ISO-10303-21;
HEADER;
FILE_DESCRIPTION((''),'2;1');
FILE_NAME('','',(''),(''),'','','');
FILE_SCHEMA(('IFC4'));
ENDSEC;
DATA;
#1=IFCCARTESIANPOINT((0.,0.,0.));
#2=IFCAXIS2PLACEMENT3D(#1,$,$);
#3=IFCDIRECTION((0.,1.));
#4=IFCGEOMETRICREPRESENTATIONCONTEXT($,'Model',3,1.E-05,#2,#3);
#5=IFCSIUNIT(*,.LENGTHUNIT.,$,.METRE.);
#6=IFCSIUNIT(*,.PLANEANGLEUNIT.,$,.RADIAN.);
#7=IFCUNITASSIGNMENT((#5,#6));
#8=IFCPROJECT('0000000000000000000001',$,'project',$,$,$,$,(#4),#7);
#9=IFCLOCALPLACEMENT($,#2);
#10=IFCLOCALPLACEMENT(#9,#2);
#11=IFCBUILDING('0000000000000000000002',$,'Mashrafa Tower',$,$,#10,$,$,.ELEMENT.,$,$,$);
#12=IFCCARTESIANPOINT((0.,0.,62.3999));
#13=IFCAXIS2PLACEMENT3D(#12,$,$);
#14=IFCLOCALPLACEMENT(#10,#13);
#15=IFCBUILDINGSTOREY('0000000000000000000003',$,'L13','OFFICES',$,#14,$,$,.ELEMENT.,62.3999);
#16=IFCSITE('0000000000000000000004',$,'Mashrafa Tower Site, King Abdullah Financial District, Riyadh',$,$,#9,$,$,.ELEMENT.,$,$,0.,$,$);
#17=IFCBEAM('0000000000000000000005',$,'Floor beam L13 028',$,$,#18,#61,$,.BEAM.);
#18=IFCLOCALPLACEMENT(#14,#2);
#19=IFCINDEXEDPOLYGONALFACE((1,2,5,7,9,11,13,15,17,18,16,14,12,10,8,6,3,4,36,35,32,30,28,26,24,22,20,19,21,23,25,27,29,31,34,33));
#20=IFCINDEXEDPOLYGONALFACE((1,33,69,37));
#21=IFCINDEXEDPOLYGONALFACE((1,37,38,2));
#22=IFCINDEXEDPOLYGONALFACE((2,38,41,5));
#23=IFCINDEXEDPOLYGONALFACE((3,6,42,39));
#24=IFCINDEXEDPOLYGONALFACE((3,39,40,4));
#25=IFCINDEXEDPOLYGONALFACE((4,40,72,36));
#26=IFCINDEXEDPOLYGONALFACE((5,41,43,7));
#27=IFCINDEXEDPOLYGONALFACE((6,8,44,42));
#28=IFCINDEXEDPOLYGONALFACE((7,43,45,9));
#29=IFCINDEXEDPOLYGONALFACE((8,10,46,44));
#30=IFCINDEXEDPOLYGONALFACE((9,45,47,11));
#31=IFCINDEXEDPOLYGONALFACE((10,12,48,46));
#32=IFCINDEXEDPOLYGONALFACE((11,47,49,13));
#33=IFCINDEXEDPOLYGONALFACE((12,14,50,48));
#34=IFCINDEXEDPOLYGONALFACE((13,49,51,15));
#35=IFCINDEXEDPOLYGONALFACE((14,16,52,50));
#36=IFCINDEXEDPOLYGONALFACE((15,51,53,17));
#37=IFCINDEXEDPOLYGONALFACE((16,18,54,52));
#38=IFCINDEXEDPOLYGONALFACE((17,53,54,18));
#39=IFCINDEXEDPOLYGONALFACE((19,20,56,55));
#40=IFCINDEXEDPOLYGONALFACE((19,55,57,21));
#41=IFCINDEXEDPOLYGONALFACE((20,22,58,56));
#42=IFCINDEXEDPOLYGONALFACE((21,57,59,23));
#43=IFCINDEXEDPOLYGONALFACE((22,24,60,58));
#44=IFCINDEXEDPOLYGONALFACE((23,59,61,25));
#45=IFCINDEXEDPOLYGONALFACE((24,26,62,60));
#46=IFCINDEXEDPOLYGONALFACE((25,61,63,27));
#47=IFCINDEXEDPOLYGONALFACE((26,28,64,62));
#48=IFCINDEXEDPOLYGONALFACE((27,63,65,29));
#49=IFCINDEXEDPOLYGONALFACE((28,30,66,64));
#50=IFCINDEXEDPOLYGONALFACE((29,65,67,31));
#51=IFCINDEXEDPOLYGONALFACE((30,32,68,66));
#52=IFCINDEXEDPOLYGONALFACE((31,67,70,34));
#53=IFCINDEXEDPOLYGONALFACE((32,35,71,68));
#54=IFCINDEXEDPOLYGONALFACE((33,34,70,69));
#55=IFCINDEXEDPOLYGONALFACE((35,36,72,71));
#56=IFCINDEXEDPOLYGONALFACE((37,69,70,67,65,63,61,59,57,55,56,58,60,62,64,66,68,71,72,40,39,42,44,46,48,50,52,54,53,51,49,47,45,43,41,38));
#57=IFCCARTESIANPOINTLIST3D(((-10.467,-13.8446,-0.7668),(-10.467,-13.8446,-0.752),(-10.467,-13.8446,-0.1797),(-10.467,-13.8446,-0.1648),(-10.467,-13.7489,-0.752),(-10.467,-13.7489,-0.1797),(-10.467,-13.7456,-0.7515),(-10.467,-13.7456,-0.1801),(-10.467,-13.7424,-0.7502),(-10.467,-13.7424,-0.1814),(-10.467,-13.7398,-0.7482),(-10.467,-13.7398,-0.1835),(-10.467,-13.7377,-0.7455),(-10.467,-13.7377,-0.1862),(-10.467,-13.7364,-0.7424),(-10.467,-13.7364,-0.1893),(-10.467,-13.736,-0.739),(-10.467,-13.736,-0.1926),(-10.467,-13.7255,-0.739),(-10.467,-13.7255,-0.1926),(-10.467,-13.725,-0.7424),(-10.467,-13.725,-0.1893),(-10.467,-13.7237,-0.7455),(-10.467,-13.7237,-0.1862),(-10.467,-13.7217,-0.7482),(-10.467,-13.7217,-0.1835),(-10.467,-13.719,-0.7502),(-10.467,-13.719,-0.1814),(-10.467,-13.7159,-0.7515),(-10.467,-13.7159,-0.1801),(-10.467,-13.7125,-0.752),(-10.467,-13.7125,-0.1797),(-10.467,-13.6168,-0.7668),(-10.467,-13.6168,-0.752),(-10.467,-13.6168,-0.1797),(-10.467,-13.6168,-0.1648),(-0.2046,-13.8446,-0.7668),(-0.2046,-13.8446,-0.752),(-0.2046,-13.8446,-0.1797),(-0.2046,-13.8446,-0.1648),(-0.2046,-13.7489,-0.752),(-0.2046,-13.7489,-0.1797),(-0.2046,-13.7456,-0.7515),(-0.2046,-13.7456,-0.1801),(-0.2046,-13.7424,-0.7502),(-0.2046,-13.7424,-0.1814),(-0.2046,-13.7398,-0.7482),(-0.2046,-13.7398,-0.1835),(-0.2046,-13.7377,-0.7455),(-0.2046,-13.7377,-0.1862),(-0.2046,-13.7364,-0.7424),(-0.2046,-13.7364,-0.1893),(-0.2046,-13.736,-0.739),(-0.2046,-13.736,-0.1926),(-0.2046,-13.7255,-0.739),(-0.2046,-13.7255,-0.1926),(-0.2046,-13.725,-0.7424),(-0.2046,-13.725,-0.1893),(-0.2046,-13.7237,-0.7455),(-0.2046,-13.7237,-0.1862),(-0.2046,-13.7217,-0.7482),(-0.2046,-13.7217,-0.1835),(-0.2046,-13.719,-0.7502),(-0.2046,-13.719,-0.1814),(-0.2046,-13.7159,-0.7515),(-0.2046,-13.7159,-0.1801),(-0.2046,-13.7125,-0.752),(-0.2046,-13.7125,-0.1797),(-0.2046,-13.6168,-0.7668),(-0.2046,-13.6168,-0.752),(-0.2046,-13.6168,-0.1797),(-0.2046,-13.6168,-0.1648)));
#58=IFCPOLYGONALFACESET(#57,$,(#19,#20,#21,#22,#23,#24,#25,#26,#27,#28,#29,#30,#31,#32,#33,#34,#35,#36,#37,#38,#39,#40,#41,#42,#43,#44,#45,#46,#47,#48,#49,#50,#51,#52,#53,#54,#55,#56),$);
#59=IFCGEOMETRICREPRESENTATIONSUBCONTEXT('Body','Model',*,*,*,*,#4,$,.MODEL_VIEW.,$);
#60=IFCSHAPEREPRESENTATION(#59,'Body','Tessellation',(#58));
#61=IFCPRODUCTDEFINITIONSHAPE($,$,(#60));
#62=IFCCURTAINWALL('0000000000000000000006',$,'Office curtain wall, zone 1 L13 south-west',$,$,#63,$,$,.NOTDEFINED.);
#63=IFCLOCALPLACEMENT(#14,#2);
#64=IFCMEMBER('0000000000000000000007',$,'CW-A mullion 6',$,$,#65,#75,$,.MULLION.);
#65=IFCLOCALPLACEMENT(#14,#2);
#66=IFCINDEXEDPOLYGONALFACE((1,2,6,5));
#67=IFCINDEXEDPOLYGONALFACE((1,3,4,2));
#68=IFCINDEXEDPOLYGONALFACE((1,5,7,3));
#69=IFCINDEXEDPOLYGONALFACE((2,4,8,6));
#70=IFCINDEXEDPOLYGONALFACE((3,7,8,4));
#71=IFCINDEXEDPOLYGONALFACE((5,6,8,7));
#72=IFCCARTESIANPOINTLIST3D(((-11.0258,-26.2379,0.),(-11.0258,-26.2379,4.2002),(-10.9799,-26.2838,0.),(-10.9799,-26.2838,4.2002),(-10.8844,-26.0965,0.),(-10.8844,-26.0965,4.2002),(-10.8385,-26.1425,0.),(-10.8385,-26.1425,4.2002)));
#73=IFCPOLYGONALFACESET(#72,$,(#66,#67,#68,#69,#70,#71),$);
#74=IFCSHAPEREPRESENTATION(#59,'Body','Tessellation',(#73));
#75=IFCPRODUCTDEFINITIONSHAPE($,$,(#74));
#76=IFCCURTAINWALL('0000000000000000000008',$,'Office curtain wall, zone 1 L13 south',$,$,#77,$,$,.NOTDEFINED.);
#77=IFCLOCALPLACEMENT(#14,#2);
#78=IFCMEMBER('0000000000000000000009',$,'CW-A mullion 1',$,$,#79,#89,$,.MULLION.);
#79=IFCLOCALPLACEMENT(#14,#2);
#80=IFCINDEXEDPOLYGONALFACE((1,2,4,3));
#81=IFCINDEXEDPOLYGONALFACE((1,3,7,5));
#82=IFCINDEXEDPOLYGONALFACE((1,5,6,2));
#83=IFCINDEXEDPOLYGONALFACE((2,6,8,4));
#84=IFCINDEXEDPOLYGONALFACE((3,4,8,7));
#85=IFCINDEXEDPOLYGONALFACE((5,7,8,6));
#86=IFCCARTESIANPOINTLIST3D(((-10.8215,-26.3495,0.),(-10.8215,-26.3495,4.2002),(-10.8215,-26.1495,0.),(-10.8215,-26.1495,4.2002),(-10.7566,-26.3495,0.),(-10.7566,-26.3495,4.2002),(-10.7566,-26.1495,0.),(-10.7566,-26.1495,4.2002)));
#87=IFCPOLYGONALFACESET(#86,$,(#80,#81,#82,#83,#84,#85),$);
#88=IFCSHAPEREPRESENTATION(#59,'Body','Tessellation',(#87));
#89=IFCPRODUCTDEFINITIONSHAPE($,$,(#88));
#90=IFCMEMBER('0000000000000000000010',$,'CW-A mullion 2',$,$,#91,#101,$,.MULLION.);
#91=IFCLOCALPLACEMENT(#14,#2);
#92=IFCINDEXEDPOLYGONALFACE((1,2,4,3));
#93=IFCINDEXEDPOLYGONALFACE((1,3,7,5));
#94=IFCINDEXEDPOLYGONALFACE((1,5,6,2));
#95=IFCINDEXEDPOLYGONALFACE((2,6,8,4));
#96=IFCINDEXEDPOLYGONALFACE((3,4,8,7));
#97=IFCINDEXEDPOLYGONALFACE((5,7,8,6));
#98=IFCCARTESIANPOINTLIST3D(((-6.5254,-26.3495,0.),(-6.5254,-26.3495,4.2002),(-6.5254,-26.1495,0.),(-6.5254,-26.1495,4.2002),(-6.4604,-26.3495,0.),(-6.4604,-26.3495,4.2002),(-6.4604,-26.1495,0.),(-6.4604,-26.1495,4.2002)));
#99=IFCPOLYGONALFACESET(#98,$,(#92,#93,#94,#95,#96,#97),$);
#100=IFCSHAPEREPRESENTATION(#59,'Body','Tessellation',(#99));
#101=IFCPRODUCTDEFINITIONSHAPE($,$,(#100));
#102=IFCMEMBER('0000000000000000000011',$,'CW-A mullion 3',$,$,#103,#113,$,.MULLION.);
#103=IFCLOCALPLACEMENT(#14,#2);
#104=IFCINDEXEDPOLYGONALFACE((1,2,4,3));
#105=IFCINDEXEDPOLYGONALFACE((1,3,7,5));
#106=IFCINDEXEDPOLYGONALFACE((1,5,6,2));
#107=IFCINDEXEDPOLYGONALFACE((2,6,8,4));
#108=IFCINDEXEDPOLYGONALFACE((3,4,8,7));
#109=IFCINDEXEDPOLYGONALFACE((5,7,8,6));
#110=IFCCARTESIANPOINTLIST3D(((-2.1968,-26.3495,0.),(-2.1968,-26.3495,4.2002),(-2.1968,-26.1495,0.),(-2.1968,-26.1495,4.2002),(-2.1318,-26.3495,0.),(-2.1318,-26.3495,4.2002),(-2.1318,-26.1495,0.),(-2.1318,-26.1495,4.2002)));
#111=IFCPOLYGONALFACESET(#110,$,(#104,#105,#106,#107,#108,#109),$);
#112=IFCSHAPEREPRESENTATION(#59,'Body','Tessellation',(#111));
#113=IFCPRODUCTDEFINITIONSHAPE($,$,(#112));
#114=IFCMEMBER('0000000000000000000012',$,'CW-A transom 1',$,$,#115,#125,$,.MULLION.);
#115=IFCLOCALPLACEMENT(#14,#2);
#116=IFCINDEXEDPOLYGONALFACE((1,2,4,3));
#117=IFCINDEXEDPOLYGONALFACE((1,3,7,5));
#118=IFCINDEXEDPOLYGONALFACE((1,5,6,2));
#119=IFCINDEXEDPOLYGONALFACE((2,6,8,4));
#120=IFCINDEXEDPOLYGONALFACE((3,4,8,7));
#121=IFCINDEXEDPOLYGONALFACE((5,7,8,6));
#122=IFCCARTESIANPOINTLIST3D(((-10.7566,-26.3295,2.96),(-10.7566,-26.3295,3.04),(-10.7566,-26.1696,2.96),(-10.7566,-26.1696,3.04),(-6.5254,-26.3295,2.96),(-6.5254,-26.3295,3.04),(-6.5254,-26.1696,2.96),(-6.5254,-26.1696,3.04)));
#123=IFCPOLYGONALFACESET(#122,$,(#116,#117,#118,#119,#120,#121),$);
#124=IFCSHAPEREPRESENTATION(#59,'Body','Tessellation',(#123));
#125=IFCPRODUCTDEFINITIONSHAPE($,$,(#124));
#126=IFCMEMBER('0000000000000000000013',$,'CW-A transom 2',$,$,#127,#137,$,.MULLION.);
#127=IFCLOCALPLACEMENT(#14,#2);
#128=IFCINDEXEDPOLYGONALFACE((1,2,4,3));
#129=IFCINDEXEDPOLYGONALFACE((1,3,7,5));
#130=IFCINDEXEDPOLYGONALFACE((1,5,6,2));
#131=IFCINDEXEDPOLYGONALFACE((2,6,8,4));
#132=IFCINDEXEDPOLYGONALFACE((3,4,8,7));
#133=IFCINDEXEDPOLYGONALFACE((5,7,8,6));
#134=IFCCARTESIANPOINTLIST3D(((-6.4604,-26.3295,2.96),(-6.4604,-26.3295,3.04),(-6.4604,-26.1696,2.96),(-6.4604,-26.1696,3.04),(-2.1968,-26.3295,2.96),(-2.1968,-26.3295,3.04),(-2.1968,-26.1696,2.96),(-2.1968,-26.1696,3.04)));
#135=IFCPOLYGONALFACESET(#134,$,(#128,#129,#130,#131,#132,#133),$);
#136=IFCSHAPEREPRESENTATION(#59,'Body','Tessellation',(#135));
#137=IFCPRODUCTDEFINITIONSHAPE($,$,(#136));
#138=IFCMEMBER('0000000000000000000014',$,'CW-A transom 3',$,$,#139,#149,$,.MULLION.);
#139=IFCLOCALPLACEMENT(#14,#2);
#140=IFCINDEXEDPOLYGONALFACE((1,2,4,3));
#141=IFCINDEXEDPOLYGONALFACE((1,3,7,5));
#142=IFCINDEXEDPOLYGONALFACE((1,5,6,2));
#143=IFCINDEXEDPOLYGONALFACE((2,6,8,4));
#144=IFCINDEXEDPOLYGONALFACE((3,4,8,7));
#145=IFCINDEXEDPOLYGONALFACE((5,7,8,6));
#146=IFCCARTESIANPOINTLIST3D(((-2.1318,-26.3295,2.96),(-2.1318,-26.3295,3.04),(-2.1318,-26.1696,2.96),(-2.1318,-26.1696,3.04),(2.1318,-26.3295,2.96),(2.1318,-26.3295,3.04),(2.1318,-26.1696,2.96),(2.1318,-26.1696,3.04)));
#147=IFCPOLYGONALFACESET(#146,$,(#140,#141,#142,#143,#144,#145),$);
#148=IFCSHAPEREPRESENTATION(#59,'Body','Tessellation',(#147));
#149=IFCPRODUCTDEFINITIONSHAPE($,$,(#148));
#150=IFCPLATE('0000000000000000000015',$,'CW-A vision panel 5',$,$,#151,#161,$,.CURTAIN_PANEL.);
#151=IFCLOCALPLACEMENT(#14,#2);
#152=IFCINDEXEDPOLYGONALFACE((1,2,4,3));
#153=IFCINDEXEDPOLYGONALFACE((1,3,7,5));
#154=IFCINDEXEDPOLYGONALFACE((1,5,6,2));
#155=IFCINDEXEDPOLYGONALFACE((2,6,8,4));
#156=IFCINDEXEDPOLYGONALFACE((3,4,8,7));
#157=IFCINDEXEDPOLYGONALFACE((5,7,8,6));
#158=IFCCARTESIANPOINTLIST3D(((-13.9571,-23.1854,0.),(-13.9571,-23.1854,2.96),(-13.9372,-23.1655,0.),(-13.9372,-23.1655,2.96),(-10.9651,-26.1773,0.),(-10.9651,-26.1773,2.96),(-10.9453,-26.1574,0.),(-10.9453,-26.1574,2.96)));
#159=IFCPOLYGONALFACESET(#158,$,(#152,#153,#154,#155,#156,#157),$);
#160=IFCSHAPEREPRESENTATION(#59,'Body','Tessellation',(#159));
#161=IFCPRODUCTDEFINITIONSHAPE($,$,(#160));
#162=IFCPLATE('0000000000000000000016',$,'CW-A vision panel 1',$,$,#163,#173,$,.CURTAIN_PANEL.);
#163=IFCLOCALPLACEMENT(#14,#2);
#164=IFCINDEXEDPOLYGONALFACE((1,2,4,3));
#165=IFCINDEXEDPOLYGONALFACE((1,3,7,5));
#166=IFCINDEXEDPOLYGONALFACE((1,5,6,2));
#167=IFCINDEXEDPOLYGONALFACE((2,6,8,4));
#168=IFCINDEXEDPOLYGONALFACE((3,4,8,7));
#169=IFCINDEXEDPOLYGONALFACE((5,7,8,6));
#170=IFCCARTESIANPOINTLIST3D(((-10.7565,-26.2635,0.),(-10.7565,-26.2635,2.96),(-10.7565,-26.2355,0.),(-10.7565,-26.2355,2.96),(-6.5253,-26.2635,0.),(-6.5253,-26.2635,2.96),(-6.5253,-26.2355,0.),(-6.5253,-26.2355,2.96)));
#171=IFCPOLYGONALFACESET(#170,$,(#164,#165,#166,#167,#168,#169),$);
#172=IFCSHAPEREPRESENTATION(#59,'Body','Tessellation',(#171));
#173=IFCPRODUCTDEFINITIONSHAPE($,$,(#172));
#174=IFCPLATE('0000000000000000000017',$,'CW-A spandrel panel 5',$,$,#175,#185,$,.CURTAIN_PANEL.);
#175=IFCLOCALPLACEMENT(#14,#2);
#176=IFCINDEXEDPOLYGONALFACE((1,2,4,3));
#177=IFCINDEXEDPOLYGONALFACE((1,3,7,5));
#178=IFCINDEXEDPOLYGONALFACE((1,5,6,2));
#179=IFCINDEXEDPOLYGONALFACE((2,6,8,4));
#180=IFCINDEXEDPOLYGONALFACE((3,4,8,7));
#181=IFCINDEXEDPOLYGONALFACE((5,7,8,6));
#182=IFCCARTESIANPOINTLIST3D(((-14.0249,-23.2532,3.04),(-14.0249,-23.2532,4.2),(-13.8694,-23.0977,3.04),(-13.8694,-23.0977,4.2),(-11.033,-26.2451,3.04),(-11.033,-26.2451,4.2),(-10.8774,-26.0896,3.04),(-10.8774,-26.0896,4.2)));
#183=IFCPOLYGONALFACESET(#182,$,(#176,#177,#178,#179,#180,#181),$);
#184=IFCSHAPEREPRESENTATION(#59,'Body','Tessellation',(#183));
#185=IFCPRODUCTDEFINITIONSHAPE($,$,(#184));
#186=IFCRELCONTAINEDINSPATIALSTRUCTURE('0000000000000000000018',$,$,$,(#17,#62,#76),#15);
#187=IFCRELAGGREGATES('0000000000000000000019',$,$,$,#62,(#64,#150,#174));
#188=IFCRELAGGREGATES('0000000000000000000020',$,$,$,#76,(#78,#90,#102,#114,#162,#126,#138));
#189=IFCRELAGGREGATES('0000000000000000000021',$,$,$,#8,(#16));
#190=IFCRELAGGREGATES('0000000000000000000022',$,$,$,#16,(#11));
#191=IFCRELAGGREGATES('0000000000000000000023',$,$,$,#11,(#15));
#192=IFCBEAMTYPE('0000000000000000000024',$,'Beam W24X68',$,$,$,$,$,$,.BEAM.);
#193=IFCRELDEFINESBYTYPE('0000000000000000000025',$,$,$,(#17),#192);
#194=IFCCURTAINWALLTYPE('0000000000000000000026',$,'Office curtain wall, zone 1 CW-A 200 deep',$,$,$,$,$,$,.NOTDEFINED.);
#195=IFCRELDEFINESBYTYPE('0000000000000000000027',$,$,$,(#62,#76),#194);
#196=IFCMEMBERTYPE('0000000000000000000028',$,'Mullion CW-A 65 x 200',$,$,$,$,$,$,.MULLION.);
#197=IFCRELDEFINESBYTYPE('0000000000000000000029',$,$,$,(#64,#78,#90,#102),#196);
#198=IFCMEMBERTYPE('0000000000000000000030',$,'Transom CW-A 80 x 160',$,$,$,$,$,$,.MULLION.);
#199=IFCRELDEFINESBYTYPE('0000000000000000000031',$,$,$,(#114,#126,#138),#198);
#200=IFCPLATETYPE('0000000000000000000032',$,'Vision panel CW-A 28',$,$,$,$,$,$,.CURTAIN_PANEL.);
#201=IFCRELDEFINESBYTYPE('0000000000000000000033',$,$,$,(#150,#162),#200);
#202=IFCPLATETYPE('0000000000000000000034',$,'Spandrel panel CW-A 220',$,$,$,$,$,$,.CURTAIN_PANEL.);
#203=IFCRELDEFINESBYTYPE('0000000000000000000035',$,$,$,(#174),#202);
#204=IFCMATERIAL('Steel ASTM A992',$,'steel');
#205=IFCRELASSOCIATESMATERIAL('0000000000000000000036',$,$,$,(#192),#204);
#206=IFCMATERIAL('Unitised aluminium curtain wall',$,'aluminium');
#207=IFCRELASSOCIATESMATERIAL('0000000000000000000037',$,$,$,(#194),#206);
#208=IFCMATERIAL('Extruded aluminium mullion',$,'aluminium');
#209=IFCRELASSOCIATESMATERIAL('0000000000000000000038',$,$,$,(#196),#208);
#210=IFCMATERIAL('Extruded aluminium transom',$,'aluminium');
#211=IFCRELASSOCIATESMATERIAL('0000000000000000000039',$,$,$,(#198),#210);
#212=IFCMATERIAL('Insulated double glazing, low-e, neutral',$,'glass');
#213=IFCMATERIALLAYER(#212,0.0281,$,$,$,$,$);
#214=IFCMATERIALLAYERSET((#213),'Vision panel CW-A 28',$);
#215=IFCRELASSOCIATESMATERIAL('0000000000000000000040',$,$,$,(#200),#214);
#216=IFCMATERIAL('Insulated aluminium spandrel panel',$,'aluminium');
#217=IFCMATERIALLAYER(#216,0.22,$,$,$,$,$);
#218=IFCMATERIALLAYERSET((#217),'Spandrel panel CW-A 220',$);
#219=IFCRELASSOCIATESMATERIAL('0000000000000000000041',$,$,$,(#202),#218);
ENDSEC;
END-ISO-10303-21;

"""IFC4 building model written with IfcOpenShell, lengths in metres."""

from ifc_helpers import new_model, si_unit, direction, frame, origin, origin_2d, place, context, subcontext, project, spatial, rectangle, i_section, extrude, source, transform, mapped, material, layer, layer_set, material_profile, profile_set, type_object, type_shapes, element, aggregate, save


model = new_model("IFC4")

# Units and contexts
model_context = context("Model", 3, precision=1e-05, world=origin(), true_north=direction((0.0, 1.0)))
body_context = subcontext(model_context, "Body", "Model", "MODEL_VIEW")
ifc_project = project(units=[si_unit("LENGTHUNIT", "METRE"), si_unit("PLANEANGLEUNIT", "RADIAN")], contexts=[model_context])

# Site, building, storey
site_placement = place(None, origin())
site = spatial("IfcSite", under=ifc_project, at=site_placement, Name="Mashrafa Tower Site, King Abdullah Financial District, Riyadh", CompositionType="ELEMENT", RefElevation=0.0)
building_placement = place(site_placement, origin())
building = spatial("IfcBuilding", under=site, at=building_placement, Name="Mashrafa Tower", CompositionType="ELEMENT")
storey_placement = place(building_placement, frame((0.0, 0.0, 62.3999)))
storey = spatial("IfcBuildingStorey", under=building, at=storey_placement, Name="L13", Description="OFFICES", CompositionType="ELEMENT", Elevation=62.3999)

# Beam
ifc_material_1 = material(Name="Steel ASTM A992", Category="steel")
ifc_material_profile_1 = material_profile(ifc_material_1, i_section(OverallWidth=0.2278, OverallDepth=0.6021, WebThickness=0.0105, FlangeThickness=0.0149, FilletRadius=0.0129, at=origin_2d()), Name="W24X68")
ifc_profile_set_1 = profile_set([ifc_material_profile_1], Name="Steel ASTM A992")
beam_type_1 = type_object("IfcBeamType", Name="Beam W24X68", PredefinedType="BEAM", material=ifc_profile_set_1)
beam_1_placement = place(storey_placement, frame((-0.2046, -13.7307, -0.4658), z_axis=(-1.0, 0.0, 0.0), x_axis=(0.0, -1.0, 0.0)))
element("IfcBeam", 1, at=beam_1_placement, inside=storey, type_object=beam_type_1, Name="Floor beam L13 028", PredefinedType="BEAM", context=body_context, shape_type="SweptSolid", body=[
    extrude(i_section(OverallWidth=0.2278, OverallDepth=0.6021, WebThickness=0.0105, FlangeThickness=0.0149, FilletRadius=0.0129, at=origin_2d()), origin(), (0.0, 0.0, 1.0), 10.2625),
])

# Curtain wall, member
ifc_material_2 = material(Name="Unitised aluminium curtain wall", Category="aluminium")
curtain_wall_type = type_object("IfcCurtainWallType", Name="Office curtain wall, zone 1 CW-A 200 deep", PredefinedType="NOTDEFINED", material=ifc_material_2)
curtain_wall_1_placement = place(storey_placement, origin())
curtain_wall_1 = element("IfcCurtainWall", 2, at=curtain_wall_1_placement, inside=storey, type_object=curtain_wall_type, Name="Office curtain wall, zone 1 L13 south-west", PredefinedType="NOTDEFINED")
ifc_material_3 = material(Name="Extruded aluminium mullion", Category="aluminium")
ifc_material_profile_2 = material_profile(ifc_material_3, rectangle(XDim=0.2, YDim=0.0649, at=origin_2d()), Name="Mullion 65x200")
ifc_profile_set_2 = profile_set([ifc_material_profile_2], Name="Extruded aluminium mullion")
member_type_1 = type_object("IfcMemberType", Name="Mullion CW-A 65 x 200", PredefinedType="MULLION", material=ifc_profile_set_2)
shared_shape_1 = source(origin(), body_context, "Body", "SweptSolid", [
    extrude(rectangle(XDim=0.2, YDim=0.0649, at=origin_2d()), origin(), (0.0, 0.0, 1.0), 4.2002),
])
type_shapes(member_type_1, [shared_shape_1])
member_1_placement = place(storey_placement, frame((-10.9321, -26.1902, 0.0), z_axis=(0.0, 0.0, 1.0), x_axis=(0.707107, 0.707107, 0.0)))
member_1 = element("IfcMember", 3, at=member_1_placement, type_object=member_type_1, Name="CW-A mullion 6", PredefinedType="MULLION", context=body_context, shape_type="MappedRepresentation", body=[
    mapped(shared_shape_1, transform((0.0, 0.0, 0.0))),
])

# Curtain wall, members
curtain_wall_2_placement = place(storey_placement, origin())
curtain_wall_2 = element("IfcCurtainWall", 4, at=curtain_wall_2_placement, inside=storey, type_object=curtain_wall_type, Name="Office curtain wall, zone 1 L13 south", PredefinedType="NOTDEFINED")
member_2_placement = place(storey_placement, frame((-10.7891, -26.2495, 0.0), z_axis=(0.0, 0.0, 1.0), x_axis=(0.0, 1.0, 0.0)))
member_2 = element("IfcMember", 5, at=member_2_placement, type_object=member_type_1, Name="CW-A mullion 1", PredefinedType="MULLION", context=body_context, shape_type="MappedRepresentation", body=[
    mapped(shared_shape_1, transform((0.0, 0.0, 0.0))),
])
member_3_placement = place(storey_placement, frame((-6.4929, -26.2495, 0.0), z_axis=(0.0, 0.0, 1.0), x_axis=(0.0, 1.0, 0.0)))
member_3 = element("IfcMember", 6, at=member_3_placement, type_object=member_type_1, Name="CW-A mullion 2", PredefinedType="MULLION", context=body_context, shape_type="MappedRepresentation", body=[
    mapped(shared_shape_1, transform((0.0, 0.0, 0.0))),
])
member_4_placement = place(storey_placement, frame((-2.1643, -26.2495, 0.0), z_axis=(0.0, 0.0, 1.0), x_axis=(0.0, 1.0, 0.0)))
member_4 = element("IfcMember", 7, at=member_4_placement, type_object=member_type_1, Name="CW-A mullion 3", PredefinedType="MULLION", context=body_context, shape_type="MappedRepresentation", body=[
    mapped(shared_shape_1, transform((0.0, 0.0, 0.0))),
])
ifc_material_4 = material(Name="Extruded aluminium transom", Category="aluminium")
ifc_material_profile_3 = material_profile(ifc_material_4, rectangle(XDim=0.1599, YDim=0.0801, at=origin_2d()), Name="Transom 80x160")
ifc_profile_set_3 = profile_set([ifc_material_profile_3], Name="Extruded aluminium transom")
member_type_2 = type_object("IfcMemberType", Name="Transom CW-A 80 x 160", PredefinedType="MULLION", material=ifc_profile_set_3)
shared_shape_2 = source(origin(), body_context, "Body", "SweptSolid", [
    extrude(rectangle(XDim=0.1599, YDim=0.0801, at=origin_2d()), origin(), (0.0, 0.0, 1.0), 4.2312),
])
member_5_placement = place(storey_placement, frame((-10.7566, -26.2495, 3.0), z_axis=(1.0, 0.0, 0.0), x_axis=(0.0, 1.0, 0.0)))
member_5 = element("IfcMember", 8, at=member_5_placement, type_object=member_type_2, Name="CW-A transom 1", PredefinedType="MULLION", context=body_context, shape_type="MappedRepresentation", body=[
    mapped(shared_shape_2, transform((0.0, 0.0, 0.0))),
])
shared_shape_3 = source(origin(), body_context, "Body", "SweptSolid", [
    extrude(rectangle(XDim=0.1599, YDim=0.0801, at=origin_2d()), origin(), (0.0, 0.0, 1.0), 4.2637),
])
type_shapes(member_type_2, [shared_shape_2, shared_shape_3])
member_6_placement = place(storey_placement, frame((-6.4604, -26.2495, 3.0), z_axis=(1.0, 0.0, 0.0), x_axis=(0.0, 1.0, 0.0)))
member_6 = element("IfcMember", 9, at=member_6_placement, type_object=member_type_2, Name="CW-A transom 2", PredefinedType="MULLION", context=body_context, shape_type="MappedRepresentation", body=[
    mapped(shared_shape_3, transform((0.0, 0.0, 0.0))),
])
member_7_placement = place(storey_placement, frame((-2.1318, -26.2495, 3.0), z_axis=(1.0, 0.0, 0.0), x_axis=(0.0, 1.0, 0.0)))
member_7 = element("IfcMember", 10, at=member_7_placement, type_object=member_type_2, Name="CW-A transom 3", PredefinedType="MULLION", context=body_context, shape_type="MappedRepresentation", body=[
    mapped(shared_shape_3, transform((0.0, 0.0, 0.0))),
])

# Plates
ifc_material_5 = material(Name="Insulated double glazing, low-e, neutral", Category="glass")
ifc_layer_1 = layer(ifc_material_5, 0.0281)
ifc_layer_set_1 = layer_set([ifc_layer_1], Name="Vision panel CW-A 28")
plate_type_1 = type_object("IfcPlateType", Name="Vision panel CW-A 28", PredefinedType="CURTAIN_PANEL", material=ifc_layer_set_1)
shared_shape_4 = source(origin(), body_context, "Body", "SweptSolid", [
    extrude(rectangle(XDim=4.2312, YDim=0.0281, at=origin_2d()), origin(), (0.0, 0.0, 1.0), 2.96),
])
plate_1_placement = place(storey_placement, frame((-12.4512, -24.6714, 0.0), z_axis=(0.0, 0.0, 1.0), x_axis=(0.707107, -0.707107, 0.0)))
plate_1 = element("IfcPlate", 11, at=plate_1_placement, type_object=plate_type_1, Name="CW-A vision panel 5", PredefinedType="CURTAIN_PANEL", context=body_context, shape_type="MappedRepresentation", body=[
    mapped(shared_shape_4, transform((0.0, 0.0, 0.0))),
])
plate_2_placement = place(storey_placement, frame((-8.6409, -26.2495, 0.0), z_axis=(0.0, 0.0, 1.0), x_axis=(1.0, 0.0, 0.0)))
plate_2 = element("IfcPlate", 12, at=plate_2_placement, type_object=plate_type_1, Name="CW-A vision panel 1", PredefinedType="CURTAIN_PANEL", context=body_context, shape_type="MappedRepresentation", body=[
    mapped(shared_shape_4, transform((0.0, 0.0, 0.0))),
])
ifc_material_6 = material(Name="Insulated aluminium spandrel panel", Category="aluminium")
ifc_layer_2 = layer(ifc_material_6, 0.22)
ifc_layer_set_2 = layer_set([ifc_layer_2], Name="Spandrel panel CW-A 220")
plate_type_2 = type_object("IfcPlateType", Name="Spandrel panel CW-A 220", PredefinedType="CURTAIN_PANEL", material=ifc_layer_set_2)
shared_shape_5 = source(origin(), body_context, "Body", "SweptSolid", [
    extrude(rectangle(XDim=4.2312, YDim=0.22, at=origin_2d()), origin(), (0.0, 0.0, 1.0), 1.1599),
])
plate_3_placement = place(storey_placement, frame((-12.4512, -24.6714, 3.04), z_axis=(0.0, 0.0, 1.0), x_axis=(0.707107, -0.707107, 0.0)))
plate_3 = element("IfcPlate", 13, at=plate_3_placement, type_object=plate_type_2, Name="CW-A spandrel panel 5", PredefinedType="CURTAIN_PANEL", context=body_context, shape_type="MappedRepresentation", body=[
    mapped(shared_shape_5, transform((0.0, 0.0, 0.0))),
])
aggregate(curtain_wall_1, [member_1, plate_1, plate_3])
aggregate(curtain_wall_2, [member_2, member_3, member_4, member_5, plate_2, member_6, member_7])

save(model, "model.ifc")
